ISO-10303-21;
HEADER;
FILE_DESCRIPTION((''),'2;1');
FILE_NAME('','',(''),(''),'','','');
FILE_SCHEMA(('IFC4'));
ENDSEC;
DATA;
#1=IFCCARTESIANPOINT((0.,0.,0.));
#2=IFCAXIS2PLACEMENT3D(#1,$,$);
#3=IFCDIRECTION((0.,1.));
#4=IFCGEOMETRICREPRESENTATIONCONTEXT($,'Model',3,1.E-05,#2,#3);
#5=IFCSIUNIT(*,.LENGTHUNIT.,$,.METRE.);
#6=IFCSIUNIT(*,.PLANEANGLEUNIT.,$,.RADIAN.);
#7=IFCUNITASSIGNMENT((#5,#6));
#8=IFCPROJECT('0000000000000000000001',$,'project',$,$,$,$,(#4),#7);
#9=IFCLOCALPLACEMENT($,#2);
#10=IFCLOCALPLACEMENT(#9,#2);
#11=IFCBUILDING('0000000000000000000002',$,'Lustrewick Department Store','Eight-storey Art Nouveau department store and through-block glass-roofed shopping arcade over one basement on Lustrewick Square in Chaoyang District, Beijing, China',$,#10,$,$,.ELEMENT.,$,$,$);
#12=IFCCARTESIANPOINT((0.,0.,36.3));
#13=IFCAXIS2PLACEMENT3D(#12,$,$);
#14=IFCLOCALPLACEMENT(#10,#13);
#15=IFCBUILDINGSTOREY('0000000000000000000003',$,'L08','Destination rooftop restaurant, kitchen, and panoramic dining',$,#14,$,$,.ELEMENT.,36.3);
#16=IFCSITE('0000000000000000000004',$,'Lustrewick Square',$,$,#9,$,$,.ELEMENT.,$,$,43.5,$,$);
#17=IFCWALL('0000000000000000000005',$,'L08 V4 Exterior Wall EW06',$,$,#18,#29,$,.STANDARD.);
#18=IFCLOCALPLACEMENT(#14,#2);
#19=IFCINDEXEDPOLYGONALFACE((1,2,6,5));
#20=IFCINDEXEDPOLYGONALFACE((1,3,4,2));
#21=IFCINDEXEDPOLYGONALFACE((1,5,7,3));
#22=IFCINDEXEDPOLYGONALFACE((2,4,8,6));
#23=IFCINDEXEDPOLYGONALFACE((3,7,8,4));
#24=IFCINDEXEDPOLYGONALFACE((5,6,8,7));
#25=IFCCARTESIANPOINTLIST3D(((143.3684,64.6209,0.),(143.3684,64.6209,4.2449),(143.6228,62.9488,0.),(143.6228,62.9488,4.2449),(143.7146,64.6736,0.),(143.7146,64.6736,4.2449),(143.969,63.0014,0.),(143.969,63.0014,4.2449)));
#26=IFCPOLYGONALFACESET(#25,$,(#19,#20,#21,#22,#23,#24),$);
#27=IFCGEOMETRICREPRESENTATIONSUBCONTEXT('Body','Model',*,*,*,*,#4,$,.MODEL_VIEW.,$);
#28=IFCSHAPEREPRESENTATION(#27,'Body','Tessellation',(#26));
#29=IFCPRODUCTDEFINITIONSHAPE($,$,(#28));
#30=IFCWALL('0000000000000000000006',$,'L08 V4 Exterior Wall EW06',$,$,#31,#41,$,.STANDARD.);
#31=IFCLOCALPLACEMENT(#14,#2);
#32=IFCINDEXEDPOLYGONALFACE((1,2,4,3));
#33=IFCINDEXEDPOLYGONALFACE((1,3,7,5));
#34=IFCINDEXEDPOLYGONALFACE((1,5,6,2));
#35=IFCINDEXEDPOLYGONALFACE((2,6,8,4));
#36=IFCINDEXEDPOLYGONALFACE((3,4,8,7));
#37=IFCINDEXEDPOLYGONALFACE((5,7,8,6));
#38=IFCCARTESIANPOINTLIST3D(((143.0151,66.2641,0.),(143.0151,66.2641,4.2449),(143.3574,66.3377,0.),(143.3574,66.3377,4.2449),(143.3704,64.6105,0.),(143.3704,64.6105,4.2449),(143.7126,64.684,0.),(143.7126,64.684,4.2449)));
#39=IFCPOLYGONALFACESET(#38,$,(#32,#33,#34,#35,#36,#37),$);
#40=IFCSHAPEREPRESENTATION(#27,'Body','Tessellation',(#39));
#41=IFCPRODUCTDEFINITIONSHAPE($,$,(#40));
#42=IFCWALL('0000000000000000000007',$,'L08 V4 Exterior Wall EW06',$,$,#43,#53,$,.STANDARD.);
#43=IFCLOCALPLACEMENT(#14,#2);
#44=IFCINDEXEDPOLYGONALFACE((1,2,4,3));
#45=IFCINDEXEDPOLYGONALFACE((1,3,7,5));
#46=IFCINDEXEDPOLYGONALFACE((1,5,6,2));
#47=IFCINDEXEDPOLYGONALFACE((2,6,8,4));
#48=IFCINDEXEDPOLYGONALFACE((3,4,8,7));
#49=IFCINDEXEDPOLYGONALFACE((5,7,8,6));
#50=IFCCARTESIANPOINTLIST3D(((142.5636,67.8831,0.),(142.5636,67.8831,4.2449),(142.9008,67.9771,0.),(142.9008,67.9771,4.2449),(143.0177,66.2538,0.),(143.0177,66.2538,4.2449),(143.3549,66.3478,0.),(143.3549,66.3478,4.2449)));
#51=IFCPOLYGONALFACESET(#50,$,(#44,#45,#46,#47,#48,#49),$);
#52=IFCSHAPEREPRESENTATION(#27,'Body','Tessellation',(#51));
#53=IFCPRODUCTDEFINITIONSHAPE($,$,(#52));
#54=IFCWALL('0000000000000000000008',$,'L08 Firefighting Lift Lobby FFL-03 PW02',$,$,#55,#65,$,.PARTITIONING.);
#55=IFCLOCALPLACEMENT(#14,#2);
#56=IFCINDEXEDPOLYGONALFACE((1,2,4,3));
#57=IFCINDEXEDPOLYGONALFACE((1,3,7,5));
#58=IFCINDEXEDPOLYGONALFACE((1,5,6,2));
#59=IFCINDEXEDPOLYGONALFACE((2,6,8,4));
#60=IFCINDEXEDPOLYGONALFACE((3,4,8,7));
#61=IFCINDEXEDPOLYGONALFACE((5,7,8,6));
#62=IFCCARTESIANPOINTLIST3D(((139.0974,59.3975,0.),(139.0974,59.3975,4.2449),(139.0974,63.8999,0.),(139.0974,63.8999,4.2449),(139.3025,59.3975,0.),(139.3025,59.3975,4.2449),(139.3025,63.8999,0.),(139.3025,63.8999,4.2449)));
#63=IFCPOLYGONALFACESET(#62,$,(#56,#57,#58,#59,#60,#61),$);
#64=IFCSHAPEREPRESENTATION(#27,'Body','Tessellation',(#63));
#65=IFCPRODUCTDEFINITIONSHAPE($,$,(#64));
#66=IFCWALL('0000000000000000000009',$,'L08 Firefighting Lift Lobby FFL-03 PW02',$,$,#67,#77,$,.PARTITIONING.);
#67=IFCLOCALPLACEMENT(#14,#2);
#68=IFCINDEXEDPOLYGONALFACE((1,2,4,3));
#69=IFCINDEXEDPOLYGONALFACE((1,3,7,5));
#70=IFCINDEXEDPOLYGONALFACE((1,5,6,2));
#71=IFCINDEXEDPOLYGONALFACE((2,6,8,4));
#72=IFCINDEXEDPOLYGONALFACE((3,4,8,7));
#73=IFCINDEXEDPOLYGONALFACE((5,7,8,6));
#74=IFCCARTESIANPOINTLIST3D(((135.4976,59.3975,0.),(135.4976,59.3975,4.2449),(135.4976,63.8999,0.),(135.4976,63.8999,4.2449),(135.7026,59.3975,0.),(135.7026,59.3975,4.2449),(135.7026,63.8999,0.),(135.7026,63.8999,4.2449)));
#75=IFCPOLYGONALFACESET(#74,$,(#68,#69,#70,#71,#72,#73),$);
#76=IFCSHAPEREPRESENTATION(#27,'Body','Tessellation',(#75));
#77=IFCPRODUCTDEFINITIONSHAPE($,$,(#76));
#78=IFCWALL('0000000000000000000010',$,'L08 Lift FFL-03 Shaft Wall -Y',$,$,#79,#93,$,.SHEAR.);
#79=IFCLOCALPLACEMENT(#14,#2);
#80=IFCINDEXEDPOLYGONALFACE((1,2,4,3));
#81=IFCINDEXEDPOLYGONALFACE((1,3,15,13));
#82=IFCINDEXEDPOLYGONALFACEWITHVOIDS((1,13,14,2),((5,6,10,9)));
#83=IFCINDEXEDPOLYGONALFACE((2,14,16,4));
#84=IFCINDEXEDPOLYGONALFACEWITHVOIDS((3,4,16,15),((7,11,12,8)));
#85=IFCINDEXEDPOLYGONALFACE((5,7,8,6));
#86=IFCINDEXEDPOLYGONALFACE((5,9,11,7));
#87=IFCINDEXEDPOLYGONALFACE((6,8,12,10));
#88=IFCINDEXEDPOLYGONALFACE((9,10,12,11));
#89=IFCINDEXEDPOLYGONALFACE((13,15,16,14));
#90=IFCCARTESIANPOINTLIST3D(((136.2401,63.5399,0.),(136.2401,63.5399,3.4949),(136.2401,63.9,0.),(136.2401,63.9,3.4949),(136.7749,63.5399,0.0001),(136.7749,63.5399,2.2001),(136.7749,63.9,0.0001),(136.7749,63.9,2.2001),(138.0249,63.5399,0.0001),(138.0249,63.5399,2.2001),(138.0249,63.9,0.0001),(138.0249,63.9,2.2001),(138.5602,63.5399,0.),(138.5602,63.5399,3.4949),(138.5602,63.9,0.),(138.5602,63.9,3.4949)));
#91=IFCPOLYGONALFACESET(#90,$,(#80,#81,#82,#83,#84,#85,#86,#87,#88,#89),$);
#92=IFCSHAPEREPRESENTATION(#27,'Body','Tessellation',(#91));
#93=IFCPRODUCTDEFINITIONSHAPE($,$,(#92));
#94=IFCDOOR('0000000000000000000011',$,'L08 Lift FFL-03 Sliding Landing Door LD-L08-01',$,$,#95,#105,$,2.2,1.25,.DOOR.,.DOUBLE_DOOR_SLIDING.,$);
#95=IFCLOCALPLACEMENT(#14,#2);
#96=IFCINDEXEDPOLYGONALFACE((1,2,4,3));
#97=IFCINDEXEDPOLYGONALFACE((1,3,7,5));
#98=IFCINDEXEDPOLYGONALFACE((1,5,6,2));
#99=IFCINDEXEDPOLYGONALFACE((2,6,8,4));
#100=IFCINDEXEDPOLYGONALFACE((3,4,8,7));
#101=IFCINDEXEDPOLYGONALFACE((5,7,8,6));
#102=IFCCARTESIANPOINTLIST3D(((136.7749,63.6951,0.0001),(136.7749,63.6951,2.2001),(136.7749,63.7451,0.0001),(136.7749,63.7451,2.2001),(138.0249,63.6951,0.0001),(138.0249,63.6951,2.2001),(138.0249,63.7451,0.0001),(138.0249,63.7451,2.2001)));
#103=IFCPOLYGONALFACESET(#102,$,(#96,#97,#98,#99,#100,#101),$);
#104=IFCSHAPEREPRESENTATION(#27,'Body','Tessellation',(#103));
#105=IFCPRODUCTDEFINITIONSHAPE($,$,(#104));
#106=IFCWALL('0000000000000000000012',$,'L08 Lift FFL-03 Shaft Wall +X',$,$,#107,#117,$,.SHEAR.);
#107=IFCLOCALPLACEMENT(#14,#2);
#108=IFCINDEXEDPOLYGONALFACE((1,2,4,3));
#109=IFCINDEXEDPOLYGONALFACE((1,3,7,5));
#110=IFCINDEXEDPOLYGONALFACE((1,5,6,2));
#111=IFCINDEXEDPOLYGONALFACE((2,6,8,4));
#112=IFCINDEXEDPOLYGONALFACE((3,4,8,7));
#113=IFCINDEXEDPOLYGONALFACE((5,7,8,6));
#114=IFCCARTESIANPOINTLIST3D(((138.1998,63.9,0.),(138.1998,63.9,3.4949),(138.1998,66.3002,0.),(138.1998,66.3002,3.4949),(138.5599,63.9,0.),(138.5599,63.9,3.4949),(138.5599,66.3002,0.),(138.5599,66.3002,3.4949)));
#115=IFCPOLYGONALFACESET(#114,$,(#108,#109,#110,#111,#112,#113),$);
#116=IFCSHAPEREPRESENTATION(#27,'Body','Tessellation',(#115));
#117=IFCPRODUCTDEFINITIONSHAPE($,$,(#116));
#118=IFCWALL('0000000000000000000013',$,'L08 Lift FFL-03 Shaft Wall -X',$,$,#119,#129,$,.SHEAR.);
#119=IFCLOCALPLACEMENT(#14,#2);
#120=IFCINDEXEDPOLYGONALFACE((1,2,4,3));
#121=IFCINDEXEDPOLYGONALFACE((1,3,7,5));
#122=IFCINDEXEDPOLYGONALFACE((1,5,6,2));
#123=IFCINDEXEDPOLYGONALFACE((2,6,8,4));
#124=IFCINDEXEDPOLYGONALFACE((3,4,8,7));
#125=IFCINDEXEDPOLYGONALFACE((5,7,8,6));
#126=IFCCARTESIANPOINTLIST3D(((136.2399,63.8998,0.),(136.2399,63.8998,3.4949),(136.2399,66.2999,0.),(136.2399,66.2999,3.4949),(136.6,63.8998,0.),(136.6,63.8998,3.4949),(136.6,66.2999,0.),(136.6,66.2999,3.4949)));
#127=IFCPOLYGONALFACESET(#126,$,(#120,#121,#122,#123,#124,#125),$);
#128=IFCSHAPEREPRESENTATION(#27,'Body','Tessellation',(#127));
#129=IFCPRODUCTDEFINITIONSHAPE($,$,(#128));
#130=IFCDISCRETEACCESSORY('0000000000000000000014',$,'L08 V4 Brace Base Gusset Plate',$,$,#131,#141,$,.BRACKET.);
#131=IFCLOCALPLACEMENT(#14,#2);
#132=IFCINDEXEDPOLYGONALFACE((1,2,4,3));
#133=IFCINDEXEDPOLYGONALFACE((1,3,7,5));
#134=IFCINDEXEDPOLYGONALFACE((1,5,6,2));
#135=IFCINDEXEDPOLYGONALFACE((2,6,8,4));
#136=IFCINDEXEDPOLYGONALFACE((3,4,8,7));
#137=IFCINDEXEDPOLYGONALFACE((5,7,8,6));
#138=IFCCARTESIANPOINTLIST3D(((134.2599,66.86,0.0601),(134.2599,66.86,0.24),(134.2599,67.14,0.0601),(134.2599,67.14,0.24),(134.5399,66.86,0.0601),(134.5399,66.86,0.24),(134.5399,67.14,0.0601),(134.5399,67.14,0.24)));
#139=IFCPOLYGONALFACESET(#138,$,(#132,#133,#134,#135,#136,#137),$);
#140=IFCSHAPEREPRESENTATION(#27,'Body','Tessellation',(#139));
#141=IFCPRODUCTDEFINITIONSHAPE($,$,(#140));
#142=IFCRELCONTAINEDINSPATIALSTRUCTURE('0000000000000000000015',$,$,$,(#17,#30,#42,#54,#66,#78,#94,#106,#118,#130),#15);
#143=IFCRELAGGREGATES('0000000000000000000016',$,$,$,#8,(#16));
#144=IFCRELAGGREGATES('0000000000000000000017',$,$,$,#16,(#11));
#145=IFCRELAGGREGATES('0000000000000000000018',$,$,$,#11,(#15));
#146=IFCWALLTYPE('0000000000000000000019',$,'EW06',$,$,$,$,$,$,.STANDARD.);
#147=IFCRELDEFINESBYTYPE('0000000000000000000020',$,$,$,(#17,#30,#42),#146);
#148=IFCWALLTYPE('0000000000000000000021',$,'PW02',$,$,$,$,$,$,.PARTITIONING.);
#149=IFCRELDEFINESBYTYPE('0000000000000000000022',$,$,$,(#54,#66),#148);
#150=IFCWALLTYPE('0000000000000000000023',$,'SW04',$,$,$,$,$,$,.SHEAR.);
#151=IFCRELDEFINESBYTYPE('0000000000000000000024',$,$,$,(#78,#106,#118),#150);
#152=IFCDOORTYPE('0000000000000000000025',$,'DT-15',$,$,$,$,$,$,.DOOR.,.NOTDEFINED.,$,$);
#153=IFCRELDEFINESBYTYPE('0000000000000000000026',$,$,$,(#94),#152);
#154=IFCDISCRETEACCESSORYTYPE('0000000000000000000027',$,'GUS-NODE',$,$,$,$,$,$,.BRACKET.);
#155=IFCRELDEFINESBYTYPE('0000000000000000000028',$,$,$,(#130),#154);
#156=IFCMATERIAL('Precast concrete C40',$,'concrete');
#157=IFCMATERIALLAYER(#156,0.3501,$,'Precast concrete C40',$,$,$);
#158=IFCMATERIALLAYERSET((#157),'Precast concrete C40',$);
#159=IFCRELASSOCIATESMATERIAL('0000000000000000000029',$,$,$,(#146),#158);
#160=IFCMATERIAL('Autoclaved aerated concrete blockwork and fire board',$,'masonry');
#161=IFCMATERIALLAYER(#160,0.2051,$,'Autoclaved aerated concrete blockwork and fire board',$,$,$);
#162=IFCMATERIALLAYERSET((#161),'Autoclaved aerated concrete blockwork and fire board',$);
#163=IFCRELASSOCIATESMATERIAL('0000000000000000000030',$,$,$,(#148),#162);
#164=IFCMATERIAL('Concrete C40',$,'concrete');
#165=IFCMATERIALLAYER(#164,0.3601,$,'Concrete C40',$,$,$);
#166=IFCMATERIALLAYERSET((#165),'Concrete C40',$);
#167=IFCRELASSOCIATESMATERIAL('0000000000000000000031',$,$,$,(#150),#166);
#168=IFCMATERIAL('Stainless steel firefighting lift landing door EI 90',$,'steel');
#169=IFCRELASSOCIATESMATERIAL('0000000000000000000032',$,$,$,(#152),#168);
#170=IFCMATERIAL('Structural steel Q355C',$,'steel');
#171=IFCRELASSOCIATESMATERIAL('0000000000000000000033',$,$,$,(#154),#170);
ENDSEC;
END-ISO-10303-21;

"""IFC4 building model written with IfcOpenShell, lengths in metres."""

from ifc_helpers import new_model, si_unit, direction, frame, frame_2d, origin, origin_2d, place, context, subcontext, project, spatial, rectangle, extrude, material, layer, layer_set, type_object, element, fill, save


model = new_model("IFC4")

# Units and contexts
model_context = context("Model", 3, precision=1e-05, world=origin(), true_north=direction((0.0, 1.0)))
body_context = subcontext(model_context, "Body", "Model", "MODEL_VIEW")
ifc_project = project(units=[si_unit("LENGTHUNIT", "METRE"), si_unit("PLANEANGLEUNIT", "RADIAN")], contexts=[model_context])

# Site, building, storey
site_placement = place(None, origin())
site = spatial("IfcSite", under=ifc_project, at=site_placement, Name="Lustrewick Square", CompositionType="ELEMENT", RefElevation=43.5)
building_placement = place(site_placement, origin())
building = spatial("IfcBuilding", under=site, at=building_placement, Name="Lustrewick Department Store", Description="Eight-storey Art Nouveau department store and through-block glass-roofed shopping arcade over one basement on Lustrewick Square in Chaoyang District, Beijing, China", CompositionType="ELEMENT")
storey_placement = place(building_placement, frame((0.0, 0.0, 36.3)))
storey = spatial("IfcBuildingStorey", under=building, at=storey_placement, Name="L08", Description="Destination rooftop restaurant, kitchen, and panoramic dining", CompositionType="ELEMENT", Elevation=36.3)

# Shared definitions
ifc_material_1 = material(Name="Structural steel Q355C", Category="steel")

# Walls
ifc_material_2 = material(Name="Precast concrete C40", Category="concrete")
ifc_layer_1 = layer(ifc_material_2, 0.3501, Name="Precast concrete C40")
ifc_layer_set_1 = layer_set([ifc_layer_1], Name="Precast concrete C40")
wall_type_1 = type_object("IfcWallType", Name="EW06", PredefinedType="STANDARD", material=ifc_layer_set_1)
for number, where, z_axis, x_axis, name in (
    (1, (143.7959, 62.9751, 0.0), (0.0, 0.0, 1.0), (-0.150408, 0.988624, 0.0), "L08 V4 Exterior Wall EW06"),
    (2, (143.5415, 64.6472, 0.0), (0.0, 0.0, 1.0), (-0.210032, 0.977695, 0.0), "L08 V4 Exterior Wall EW06"),
    (3, (143.1863, 66.3008, 0.0), (0.0, 0.0, 1.0), (-0.268463, 0.96329, 0.0), "L08 V4 Exterior Wall EW06"),
):
    element("IfcWall", number, at=place(storey_placement, frame(where, z_axis=z_axis, x_axis=x_axis)), inside=storey, type_object=wall_type_1, Name=name, PredefinedType="STANDARD", context=body_context, shape_type="SweptSolid", body=[
        extrude(rectangle(XDim=1.6914, YDim=0.3501, at=frame_2d((0.8457, 0.0))), origin(), (0.0, 0.0, 1.0), 4.2449),
    ])

# Shared definitions
ifc_material_3 = material(Name="Autoclaved aerated concrete blockwork and fire board", Category="masonry")
ifc_layer_2 = layer(ifc_material_3, 0.2051, Name="Autoclaved aerated concrete blockwork and fire board")
ifc_layer_set_2 = layer_set([ifc_layer_2], Name="Autoclaved aerated concrete blockwork and fire board")
wall_type_2 = type_object("IfcWallType", Name="PW02", PredefinedType="PARTITIONING", material=ifc_layer_set_2)

# Walls
for number, where, z_axis, x_axis, name in (
    (4, (139.2, 59.3975, 0.0), (0.0, 0.0, 1.0), (0.0, 1.0, 0.0), "L08 Firefighting Lift Lobby FFL-03 PW02"),
    (5, (135.6001, 63.8999, 0.0), (0.0, 0.0, 1.0), (0.0, -1.0, 0.0), "L08 Firefighting Lift Lobby FFL-03 PW02"),
):
    element("IfcWall", number, at=place(storey_placement, frame(where, z_axis=z_axis, x_axis=x_axis)), inside=storey, type_object=wall_type_2, Name=name, PredefinedType="PARTITIONING", context=body_context, shape_type="SweptSolid", body=[
        extrude(rectangle(XDim=4.5024, YDim=0.2051, at=frame_2d((2.2512, 0.0))), origin(), (0.0, 0.0, 1.0), 4.2449),
    ])

# Wall, opening, door
ifc_material_4 = material(Name="Concrete C40", Category="concrete")
ifc_layer_3 = layer(ifc_material_4, 0.3601, Name="Concrete C40")
ifc_layer_set_3 = layer_set([ifc_layer_3], Name="Concrete C40")
wall_type_3 = type_object("IfcWallType", Name="SW04", PredefinedType="SHEAR", material=ifc_layer_set_3)
wall_1_placement = place(storey_placement, frame((136.24, 63.72, 0.0), z_axis=(0.0, 0.0, 1.0), x_axis=(1.0, 0.0, 0.0)))
wall_1 = element("IfcWall", 6, at=wall_1_placement, inside=storey, type_object=wall_type_3, Name="L08 Lift FFL-03 Shaft Wall -Y", PredefinedType="SHEAR", context=body_context, shape_type="SweptSolid", body=[
    extrude(rectangle(XDim=2.3201, YDim=0.3601, at=frame_2d((1.1602, 0.0))), origin(), (0.0, 0.0, 1.0), 3.4949),
])
opening_1_placement = place(wall_1_placement, frame((0.5349, 0.0, 0.0)))
opening_1 = element("IfcOpeningElement", 7, at=opening_1_placement, cuts=wall_1, PredefinedType="OPENING", context=body_context, shape_type="SweptSolid", body=[
    extrude(rectangle(XDim=1.25, YDim=2.2, at=frame_2d((0.625, 1.1001))), frame((0.0, 0.1899, 0.0), z_axis=(0.0, -1.0, 0.0), x_axis=(1.0, 0.0, 0.0)), (0.0, 0.0, 1.0), 0.3801),
])
ifc_material_5 = material(Name="Stainless steel firefighting lift landing door EI 90", Category="steel")
door_type_1 = type_object("IfcDoorType", Name="DT-15", OperationType="NOTDEFINED", PredefinedType="DOOR", material=ifc_material_5)
door_1_placement = place(opening_1_placement, frame((1.25, 0.0, 0.0), z_axis=(0.0, 0.0, 1.0), x_axis=(-1.0, 0.0, 0.0)))
door_1 = element("IfcDoor", 8, at=door_1_placement, inside=storey, type_object=door_type_1, Name="L08 Lift FFL-03 Sliding Landing Door LD-L08-01", OperationType="DOUBLE_DOOR_SLIDING", OverallHeight=2.2, OverallWidth=1.25, PredefinedType="DOOR", context=body_context, shape_type="SweptSolid", body=[
    extrude(rectangle(XDim=1.25, YDim=2.2, at=frame_2d((0.625, 1.1001))), frame((0.0, 0.0249, 0.0), z_axis=(0.0, -1.0, 0.0), x_axis=(1.0, 0.0, 0.0)), (0.0, 0.0, 1.0), 0.05),
])
fill(opening_1, door_1)

# Walls
wall_2_placement = place(storey_placement, frame((138.3799, 63.8999, 0.0), z_axis=(0.0, 0.0, 1.0), x_axis=(0.0, 1.0, 0.0)))
element("IfcWall", 9, at=wall_2_placement, inside=storey, type_object=wall_type_3, Name="L08 Lift FFL-03 Shaft Wall +X", PredefinedType="SHEAR", context=body_context, shape_type="SweptSolid", body=[
    extrude(rectangle(XDim=2.4001, YDim=0.3601, at=frame_2d((1.2002, 0.0))), origin(), (0.0, 0.0, 1.0), 3.4949),
])
wall_3_placement = place(storey_placement, frame((136.4199, 66.3, 0.0), z_axis=(0.0, 0.0, 1.0), x_axis=(0.0, -1.0, 0.0)))
element("IfcWall", 10, at=wall_3_placement, inside=storey, type_object=wall_type_3, Name="L08 Lift FFL-03 Shaft Wall -X", PredefinedType="SHEAR", context=body_context, shape_type="SweptSolid", body=[
    extrude(rectangle(XDim=2.4001, YDim=0.3601, at=frame_2d((1.2002, 0.0))), origin(), (0.0, 0.0, 1.0), 3.4949),
])

# Discrete accessory
discrete_accessory_type = type_object("IfcDiscreteAccessoryType", Name="GUS-NODE", PredefinedType="BRACKET", material=ifc_material_1)
discrete_accessory_placement = place(storey_placement, frame((134.3999, 67.0, 0.0601), z_axis=(0.0, 0.0, 1.0), x_axis=(1.0, 0.0, 0.0)))
element("IfcDiscreteAccessory", 11, at=discrete_accessory_placement, inside=storey, type_object=discrete_accessory_type, Name="L08 V4 Brace Base Gusset Plate", PredefinedType="BRACKET", context=body_context, shape_type="SweptSolid", body=[
    extrude(rectangle(XDim=0.28, YDim=0.28, at=origin_2d()), origin(), (0.0, 0.0, 1.0), 0.1799),
])

save(model, "model.ifc")
